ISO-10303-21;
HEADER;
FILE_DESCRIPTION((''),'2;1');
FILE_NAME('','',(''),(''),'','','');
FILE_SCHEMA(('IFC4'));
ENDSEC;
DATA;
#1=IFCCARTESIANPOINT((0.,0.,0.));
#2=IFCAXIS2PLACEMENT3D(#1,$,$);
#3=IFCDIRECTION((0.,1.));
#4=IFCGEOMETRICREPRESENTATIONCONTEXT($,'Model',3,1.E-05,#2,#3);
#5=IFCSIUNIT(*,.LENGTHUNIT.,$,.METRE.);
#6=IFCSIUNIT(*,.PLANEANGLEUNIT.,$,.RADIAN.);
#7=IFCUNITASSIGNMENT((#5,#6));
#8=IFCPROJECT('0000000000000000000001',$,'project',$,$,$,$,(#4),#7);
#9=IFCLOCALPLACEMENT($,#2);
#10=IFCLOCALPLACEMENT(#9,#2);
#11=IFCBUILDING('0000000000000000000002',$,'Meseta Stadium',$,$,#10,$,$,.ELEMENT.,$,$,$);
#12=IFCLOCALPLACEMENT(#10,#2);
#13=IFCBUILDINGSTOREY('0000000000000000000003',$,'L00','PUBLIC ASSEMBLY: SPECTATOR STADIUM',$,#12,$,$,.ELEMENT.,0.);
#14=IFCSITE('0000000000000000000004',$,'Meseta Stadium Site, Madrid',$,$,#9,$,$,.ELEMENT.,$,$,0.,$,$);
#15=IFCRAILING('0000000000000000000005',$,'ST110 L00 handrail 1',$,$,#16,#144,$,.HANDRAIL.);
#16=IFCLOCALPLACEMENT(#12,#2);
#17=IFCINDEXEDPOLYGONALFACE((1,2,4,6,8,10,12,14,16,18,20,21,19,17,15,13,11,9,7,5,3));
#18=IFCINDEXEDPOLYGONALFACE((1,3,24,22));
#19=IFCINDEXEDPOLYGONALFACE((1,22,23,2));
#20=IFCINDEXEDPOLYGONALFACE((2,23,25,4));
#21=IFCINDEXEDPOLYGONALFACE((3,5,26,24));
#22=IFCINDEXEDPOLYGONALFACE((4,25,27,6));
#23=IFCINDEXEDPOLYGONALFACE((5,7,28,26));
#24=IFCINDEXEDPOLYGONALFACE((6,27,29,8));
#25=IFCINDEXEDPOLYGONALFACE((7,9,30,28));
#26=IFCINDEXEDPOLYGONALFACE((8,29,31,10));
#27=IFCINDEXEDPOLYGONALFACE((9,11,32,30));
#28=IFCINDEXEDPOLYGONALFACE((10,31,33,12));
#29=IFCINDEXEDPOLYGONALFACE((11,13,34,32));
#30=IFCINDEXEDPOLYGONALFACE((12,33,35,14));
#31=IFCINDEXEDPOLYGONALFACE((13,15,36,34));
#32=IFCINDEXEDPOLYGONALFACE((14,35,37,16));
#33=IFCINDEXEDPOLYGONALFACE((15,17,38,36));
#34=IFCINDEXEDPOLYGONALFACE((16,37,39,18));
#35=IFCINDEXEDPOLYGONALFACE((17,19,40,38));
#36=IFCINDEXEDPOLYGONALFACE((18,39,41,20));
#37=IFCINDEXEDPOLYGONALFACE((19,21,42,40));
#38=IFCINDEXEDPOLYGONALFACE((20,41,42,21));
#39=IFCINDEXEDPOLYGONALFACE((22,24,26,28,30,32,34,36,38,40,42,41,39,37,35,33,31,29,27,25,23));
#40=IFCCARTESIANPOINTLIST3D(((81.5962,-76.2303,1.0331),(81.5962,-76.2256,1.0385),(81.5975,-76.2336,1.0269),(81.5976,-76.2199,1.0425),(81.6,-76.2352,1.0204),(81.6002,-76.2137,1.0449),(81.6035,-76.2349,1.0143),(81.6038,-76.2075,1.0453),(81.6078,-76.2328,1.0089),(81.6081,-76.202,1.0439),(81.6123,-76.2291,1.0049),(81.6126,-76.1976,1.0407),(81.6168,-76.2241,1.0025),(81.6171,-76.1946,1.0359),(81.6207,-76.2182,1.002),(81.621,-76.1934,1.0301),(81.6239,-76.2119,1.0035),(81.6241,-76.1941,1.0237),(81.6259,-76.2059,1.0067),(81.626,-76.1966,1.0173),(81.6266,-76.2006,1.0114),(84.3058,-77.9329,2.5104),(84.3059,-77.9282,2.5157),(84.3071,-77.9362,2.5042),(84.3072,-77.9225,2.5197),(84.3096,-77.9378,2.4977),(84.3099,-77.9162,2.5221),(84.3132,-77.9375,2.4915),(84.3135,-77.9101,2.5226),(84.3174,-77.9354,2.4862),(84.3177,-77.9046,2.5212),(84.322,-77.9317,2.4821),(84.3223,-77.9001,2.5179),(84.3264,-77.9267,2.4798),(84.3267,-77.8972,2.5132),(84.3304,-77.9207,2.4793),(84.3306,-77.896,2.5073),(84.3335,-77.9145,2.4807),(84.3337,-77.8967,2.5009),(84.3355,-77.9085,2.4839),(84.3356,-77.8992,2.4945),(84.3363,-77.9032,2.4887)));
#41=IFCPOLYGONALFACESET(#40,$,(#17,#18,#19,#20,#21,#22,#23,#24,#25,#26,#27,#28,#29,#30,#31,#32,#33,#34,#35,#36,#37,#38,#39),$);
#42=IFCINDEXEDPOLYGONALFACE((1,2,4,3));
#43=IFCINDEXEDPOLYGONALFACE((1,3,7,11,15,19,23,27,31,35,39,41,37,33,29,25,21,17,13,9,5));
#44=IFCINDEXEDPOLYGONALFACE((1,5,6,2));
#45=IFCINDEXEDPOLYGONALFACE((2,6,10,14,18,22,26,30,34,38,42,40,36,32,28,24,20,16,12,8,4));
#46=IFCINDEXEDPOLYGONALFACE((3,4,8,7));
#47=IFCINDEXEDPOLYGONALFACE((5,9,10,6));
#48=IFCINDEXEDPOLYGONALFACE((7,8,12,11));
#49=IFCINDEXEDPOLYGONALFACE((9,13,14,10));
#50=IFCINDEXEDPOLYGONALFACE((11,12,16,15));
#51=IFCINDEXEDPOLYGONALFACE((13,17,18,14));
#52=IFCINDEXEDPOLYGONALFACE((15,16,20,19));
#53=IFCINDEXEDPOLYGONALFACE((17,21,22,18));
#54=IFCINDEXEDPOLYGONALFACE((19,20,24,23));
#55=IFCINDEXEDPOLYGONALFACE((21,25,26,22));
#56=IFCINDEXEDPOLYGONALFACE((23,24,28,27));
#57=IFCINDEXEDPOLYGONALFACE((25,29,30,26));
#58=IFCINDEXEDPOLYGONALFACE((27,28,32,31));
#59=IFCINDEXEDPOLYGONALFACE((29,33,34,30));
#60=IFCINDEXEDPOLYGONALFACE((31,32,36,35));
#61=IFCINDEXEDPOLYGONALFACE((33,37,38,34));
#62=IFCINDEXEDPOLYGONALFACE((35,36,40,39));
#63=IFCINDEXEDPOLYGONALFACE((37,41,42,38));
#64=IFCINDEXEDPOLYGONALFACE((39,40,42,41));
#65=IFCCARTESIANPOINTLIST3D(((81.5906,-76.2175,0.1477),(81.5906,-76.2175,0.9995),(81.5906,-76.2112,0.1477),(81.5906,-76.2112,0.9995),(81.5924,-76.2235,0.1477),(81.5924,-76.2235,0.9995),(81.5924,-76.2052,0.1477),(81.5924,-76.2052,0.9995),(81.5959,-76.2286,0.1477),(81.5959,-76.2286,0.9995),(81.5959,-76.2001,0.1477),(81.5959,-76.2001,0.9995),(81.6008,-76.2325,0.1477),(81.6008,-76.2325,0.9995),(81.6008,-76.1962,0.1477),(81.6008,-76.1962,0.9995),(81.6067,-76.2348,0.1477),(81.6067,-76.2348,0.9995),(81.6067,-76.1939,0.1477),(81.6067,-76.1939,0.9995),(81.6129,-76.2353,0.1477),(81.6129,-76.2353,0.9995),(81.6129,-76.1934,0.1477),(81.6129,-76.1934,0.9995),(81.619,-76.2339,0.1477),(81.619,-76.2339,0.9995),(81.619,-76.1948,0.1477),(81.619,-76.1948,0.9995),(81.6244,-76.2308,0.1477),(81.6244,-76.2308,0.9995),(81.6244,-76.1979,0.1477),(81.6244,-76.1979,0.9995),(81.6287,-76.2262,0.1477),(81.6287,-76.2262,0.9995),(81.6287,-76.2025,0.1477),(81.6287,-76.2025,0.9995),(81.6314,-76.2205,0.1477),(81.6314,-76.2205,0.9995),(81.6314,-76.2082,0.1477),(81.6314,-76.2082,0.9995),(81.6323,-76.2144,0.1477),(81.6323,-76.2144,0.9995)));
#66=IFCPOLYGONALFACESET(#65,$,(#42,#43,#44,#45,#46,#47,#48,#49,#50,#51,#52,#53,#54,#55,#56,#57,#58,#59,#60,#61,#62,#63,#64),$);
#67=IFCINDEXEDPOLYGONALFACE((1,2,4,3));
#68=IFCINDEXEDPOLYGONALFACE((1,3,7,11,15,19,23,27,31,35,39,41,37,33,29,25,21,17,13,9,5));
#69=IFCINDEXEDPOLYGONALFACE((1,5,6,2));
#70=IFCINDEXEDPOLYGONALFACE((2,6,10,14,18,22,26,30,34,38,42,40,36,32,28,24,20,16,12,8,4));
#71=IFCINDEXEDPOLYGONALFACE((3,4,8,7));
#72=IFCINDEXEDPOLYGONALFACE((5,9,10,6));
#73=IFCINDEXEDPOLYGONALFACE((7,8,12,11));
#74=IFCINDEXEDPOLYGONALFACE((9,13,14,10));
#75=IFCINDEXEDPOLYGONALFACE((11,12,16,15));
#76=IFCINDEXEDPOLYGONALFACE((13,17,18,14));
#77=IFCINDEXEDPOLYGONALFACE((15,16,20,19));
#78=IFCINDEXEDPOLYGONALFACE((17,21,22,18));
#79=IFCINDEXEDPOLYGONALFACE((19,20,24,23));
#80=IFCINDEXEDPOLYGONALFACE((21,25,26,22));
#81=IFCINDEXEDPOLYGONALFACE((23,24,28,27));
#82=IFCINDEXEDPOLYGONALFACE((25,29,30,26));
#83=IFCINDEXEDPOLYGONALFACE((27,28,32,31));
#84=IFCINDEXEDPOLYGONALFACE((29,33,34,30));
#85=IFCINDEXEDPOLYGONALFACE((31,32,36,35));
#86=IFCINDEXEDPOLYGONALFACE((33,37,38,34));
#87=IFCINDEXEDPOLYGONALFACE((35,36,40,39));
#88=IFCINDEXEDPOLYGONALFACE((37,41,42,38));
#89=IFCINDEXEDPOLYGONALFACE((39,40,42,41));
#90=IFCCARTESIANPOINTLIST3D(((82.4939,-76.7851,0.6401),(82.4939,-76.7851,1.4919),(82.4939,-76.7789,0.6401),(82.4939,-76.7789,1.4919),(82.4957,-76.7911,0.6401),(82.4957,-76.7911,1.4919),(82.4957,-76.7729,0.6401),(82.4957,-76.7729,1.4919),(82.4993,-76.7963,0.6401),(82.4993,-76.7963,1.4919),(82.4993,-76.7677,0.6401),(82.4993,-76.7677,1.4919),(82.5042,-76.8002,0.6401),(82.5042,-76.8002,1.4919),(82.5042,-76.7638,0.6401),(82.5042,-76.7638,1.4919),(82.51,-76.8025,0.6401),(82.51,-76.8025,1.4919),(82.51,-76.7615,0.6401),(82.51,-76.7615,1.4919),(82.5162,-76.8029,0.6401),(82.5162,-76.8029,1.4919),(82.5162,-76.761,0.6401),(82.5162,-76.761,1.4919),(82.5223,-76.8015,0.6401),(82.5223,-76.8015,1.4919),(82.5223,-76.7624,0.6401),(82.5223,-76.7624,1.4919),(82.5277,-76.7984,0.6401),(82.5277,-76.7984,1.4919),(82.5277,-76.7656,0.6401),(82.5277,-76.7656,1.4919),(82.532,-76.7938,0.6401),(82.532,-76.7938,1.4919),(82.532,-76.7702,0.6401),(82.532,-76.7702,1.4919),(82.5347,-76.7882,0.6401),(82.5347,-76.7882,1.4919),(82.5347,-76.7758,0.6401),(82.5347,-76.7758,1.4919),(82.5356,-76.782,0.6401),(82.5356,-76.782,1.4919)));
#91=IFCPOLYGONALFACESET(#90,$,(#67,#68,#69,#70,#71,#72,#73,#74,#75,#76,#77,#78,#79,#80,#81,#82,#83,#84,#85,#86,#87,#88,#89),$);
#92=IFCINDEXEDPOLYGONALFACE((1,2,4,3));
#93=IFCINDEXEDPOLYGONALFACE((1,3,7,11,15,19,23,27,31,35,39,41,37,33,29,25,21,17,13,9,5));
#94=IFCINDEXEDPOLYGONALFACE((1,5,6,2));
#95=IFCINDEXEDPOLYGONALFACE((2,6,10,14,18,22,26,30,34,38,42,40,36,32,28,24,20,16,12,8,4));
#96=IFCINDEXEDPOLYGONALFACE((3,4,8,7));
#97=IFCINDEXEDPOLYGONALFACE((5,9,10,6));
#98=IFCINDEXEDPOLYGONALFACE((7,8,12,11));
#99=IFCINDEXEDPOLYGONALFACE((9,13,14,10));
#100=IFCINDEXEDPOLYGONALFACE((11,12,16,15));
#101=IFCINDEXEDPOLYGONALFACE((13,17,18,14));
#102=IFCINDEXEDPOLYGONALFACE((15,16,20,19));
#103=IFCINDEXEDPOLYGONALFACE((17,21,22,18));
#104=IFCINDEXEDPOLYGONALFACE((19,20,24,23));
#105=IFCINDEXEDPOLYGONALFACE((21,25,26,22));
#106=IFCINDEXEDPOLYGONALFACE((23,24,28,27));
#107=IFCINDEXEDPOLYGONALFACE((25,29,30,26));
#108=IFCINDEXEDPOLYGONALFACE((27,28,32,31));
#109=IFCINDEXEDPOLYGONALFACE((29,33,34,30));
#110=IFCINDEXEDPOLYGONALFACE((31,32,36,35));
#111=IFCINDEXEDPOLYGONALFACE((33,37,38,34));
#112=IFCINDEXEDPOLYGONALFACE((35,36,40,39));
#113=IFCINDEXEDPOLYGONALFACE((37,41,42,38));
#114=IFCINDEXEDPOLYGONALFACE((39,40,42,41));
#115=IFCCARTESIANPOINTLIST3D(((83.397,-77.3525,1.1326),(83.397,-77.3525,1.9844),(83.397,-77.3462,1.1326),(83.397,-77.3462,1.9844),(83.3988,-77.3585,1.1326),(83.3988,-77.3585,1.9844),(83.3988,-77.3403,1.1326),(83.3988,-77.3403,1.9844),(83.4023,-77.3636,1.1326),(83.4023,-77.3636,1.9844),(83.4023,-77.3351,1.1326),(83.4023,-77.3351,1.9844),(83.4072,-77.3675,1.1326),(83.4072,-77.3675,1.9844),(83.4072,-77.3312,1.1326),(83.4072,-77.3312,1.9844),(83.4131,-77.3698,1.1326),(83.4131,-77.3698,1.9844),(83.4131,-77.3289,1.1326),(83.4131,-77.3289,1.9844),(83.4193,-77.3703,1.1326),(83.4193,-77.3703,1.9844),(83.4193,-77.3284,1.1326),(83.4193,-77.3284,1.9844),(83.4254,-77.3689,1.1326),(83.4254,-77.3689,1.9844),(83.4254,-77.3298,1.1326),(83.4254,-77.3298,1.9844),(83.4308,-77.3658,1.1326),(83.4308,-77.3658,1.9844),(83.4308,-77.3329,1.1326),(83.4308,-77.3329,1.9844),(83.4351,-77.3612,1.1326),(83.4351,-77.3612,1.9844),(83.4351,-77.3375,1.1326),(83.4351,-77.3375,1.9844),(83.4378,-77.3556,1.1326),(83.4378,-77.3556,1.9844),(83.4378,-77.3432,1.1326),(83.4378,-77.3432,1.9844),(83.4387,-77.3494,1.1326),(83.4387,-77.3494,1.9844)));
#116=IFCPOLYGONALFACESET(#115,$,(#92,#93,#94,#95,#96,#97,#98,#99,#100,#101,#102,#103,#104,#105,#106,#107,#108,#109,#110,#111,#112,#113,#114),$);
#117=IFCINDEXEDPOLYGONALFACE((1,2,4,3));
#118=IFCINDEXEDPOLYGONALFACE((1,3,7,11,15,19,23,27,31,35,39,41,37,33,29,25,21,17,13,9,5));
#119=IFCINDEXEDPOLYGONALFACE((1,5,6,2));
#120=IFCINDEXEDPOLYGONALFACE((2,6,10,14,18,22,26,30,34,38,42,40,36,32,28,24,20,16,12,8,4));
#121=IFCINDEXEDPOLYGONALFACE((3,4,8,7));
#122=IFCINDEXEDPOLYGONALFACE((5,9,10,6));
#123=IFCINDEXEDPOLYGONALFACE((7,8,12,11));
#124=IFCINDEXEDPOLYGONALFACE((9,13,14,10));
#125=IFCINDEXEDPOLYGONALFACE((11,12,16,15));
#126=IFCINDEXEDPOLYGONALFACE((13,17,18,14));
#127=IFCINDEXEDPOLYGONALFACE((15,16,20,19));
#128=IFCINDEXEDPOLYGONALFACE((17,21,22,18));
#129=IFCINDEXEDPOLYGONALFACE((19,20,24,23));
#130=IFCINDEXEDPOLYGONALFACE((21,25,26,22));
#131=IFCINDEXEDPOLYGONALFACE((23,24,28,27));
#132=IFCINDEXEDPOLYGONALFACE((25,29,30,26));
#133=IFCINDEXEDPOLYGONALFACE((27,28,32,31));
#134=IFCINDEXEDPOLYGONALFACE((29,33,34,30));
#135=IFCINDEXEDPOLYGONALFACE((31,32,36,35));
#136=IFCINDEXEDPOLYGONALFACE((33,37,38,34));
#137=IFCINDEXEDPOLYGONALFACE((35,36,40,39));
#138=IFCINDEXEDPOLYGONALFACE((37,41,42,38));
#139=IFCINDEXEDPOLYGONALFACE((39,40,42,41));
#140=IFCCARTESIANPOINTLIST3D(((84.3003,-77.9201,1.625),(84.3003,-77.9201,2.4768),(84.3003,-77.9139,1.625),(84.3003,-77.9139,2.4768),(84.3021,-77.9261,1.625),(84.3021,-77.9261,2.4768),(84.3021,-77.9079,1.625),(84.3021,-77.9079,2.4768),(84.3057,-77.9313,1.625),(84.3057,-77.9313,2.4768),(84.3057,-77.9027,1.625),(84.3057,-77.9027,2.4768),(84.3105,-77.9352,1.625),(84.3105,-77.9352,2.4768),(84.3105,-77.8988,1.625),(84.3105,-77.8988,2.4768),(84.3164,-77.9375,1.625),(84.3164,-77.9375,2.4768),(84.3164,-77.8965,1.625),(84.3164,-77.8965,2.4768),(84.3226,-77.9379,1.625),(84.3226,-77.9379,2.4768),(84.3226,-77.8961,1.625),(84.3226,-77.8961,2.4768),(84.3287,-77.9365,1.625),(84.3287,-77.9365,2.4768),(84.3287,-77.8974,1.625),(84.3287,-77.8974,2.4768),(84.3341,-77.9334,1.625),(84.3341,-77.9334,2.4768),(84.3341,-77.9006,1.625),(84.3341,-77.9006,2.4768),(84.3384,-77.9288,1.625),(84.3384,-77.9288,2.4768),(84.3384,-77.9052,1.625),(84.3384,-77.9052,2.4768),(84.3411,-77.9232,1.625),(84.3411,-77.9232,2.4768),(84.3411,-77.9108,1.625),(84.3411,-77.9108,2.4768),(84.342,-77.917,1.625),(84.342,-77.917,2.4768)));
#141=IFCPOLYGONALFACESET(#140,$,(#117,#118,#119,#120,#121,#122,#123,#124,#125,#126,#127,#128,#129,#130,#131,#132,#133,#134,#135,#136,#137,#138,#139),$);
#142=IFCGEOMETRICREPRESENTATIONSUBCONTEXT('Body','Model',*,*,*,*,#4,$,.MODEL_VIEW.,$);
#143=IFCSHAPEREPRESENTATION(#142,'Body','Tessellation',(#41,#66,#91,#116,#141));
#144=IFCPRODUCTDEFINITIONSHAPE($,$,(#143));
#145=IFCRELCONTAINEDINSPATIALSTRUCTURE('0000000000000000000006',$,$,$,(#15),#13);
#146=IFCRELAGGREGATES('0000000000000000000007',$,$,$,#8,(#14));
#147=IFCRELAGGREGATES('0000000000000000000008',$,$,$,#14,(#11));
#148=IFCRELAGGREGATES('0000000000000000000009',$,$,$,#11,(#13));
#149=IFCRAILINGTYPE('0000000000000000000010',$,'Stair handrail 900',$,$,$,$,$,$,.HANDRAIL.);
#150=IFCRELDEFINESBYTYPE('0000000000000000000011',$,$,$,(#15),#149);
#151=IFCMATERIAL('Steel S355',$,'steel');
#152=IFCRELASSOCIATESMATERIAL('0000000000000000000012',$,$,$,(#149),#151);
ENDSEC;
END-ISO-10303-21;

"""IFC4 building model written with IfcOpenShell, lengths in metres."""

from ifc_helpers import new_model, si_unit, direction, frame, origin, origin_2d, place, context, subcontext, project, spatial, circle, extrude, material, type_object, element, save


model = new_model("IFC4")

# Units and contexts
model_context = context("Model", 3, precision=1e-05, world=origin(), true_north=direction((0.0, 1.0)))
body_context = subcontext(model_context, "Body", "Model", "MODEL_VIEW")
ifc_project = project(units=[si_unit("LENGTHUNIT", "METRE"), si_unit("PLANEANGLEUNIT", "RADIAN")], contexts=[model_context])

# Site, building, storey
site_placement = place(None, origin())
site = spatial("IfcSite", under=ifc_project, at=site_placement, Name="Meseta Stadium Site, Madrid", CompositionType="ELEMENT", RefElevation=0.0)
building_placement = place(site_placement, origin())
building = spatial("IfcBuilding", under=site, at=building_placement, Name="Meseta Stadium", CompositionType="ELEMENT")
storey_placement = place(building_placement, origin())
storey = spatial("IfcBuildingStorey", under=building, at=storey_placement, Name="L00", Description="PUBLIC ASSEMBLY: SPECTATOR STADIUM", CompositionType="ELEMENT", Elevation=0.0)

# Railing
ifc_material_1 = material(Name="Steel S355", Category="steel")
railing_type_1 = type_object("IfcRailingType", Name="Stair handrail 900", PredefinedType="HANDRAIL", material=ifc_material_1)
railing_1_placement = place(storey_placement, frame((81.6113, -76.2144, 0.1477)))
element("IfcRailing", 1, at=railing_1_placement, inside=storey, type_object=railing_type_1, Name="ST110 L00 handrail 1", PredefinedType="HANDRAIL", context=body_context, shape_type="SweptSolid", body=[
    extrude(circle(Radius=0.0239, at=origin_2d()), frame((0.0, 0.0, 0.876), z_axis=(0.768766, -0.48305, 0.419119), x_axis=(0.532034, 0.846723, 0.0)), (0.0, 0.0, 1.0), 3.5247),
    extrude(circle(Radius=0.021, at=origin_2d()), origin(), (0.0, 0.0, 1.0), 0.8518),
    extrude(circle(Radius=0.021, at=origin_2d()), frame((0.9033, -0.5676, 0.4924)), (0.0, 0.0, 1.0), 0.8518),
    extrude(circle(Radius=0.021, at=origin_2d()), frame((1.8064, -1.135, 0.9849)), (0.0, 0.0, 1.0), 0.8518),
    extrude(circle(Radius=0.021, at=origin_2d()), frame((2.7097, -1.7026, 1.4773)), (0.0, 0.0, 1.0), 0.8518),
])

save(model, "model.ifc")
